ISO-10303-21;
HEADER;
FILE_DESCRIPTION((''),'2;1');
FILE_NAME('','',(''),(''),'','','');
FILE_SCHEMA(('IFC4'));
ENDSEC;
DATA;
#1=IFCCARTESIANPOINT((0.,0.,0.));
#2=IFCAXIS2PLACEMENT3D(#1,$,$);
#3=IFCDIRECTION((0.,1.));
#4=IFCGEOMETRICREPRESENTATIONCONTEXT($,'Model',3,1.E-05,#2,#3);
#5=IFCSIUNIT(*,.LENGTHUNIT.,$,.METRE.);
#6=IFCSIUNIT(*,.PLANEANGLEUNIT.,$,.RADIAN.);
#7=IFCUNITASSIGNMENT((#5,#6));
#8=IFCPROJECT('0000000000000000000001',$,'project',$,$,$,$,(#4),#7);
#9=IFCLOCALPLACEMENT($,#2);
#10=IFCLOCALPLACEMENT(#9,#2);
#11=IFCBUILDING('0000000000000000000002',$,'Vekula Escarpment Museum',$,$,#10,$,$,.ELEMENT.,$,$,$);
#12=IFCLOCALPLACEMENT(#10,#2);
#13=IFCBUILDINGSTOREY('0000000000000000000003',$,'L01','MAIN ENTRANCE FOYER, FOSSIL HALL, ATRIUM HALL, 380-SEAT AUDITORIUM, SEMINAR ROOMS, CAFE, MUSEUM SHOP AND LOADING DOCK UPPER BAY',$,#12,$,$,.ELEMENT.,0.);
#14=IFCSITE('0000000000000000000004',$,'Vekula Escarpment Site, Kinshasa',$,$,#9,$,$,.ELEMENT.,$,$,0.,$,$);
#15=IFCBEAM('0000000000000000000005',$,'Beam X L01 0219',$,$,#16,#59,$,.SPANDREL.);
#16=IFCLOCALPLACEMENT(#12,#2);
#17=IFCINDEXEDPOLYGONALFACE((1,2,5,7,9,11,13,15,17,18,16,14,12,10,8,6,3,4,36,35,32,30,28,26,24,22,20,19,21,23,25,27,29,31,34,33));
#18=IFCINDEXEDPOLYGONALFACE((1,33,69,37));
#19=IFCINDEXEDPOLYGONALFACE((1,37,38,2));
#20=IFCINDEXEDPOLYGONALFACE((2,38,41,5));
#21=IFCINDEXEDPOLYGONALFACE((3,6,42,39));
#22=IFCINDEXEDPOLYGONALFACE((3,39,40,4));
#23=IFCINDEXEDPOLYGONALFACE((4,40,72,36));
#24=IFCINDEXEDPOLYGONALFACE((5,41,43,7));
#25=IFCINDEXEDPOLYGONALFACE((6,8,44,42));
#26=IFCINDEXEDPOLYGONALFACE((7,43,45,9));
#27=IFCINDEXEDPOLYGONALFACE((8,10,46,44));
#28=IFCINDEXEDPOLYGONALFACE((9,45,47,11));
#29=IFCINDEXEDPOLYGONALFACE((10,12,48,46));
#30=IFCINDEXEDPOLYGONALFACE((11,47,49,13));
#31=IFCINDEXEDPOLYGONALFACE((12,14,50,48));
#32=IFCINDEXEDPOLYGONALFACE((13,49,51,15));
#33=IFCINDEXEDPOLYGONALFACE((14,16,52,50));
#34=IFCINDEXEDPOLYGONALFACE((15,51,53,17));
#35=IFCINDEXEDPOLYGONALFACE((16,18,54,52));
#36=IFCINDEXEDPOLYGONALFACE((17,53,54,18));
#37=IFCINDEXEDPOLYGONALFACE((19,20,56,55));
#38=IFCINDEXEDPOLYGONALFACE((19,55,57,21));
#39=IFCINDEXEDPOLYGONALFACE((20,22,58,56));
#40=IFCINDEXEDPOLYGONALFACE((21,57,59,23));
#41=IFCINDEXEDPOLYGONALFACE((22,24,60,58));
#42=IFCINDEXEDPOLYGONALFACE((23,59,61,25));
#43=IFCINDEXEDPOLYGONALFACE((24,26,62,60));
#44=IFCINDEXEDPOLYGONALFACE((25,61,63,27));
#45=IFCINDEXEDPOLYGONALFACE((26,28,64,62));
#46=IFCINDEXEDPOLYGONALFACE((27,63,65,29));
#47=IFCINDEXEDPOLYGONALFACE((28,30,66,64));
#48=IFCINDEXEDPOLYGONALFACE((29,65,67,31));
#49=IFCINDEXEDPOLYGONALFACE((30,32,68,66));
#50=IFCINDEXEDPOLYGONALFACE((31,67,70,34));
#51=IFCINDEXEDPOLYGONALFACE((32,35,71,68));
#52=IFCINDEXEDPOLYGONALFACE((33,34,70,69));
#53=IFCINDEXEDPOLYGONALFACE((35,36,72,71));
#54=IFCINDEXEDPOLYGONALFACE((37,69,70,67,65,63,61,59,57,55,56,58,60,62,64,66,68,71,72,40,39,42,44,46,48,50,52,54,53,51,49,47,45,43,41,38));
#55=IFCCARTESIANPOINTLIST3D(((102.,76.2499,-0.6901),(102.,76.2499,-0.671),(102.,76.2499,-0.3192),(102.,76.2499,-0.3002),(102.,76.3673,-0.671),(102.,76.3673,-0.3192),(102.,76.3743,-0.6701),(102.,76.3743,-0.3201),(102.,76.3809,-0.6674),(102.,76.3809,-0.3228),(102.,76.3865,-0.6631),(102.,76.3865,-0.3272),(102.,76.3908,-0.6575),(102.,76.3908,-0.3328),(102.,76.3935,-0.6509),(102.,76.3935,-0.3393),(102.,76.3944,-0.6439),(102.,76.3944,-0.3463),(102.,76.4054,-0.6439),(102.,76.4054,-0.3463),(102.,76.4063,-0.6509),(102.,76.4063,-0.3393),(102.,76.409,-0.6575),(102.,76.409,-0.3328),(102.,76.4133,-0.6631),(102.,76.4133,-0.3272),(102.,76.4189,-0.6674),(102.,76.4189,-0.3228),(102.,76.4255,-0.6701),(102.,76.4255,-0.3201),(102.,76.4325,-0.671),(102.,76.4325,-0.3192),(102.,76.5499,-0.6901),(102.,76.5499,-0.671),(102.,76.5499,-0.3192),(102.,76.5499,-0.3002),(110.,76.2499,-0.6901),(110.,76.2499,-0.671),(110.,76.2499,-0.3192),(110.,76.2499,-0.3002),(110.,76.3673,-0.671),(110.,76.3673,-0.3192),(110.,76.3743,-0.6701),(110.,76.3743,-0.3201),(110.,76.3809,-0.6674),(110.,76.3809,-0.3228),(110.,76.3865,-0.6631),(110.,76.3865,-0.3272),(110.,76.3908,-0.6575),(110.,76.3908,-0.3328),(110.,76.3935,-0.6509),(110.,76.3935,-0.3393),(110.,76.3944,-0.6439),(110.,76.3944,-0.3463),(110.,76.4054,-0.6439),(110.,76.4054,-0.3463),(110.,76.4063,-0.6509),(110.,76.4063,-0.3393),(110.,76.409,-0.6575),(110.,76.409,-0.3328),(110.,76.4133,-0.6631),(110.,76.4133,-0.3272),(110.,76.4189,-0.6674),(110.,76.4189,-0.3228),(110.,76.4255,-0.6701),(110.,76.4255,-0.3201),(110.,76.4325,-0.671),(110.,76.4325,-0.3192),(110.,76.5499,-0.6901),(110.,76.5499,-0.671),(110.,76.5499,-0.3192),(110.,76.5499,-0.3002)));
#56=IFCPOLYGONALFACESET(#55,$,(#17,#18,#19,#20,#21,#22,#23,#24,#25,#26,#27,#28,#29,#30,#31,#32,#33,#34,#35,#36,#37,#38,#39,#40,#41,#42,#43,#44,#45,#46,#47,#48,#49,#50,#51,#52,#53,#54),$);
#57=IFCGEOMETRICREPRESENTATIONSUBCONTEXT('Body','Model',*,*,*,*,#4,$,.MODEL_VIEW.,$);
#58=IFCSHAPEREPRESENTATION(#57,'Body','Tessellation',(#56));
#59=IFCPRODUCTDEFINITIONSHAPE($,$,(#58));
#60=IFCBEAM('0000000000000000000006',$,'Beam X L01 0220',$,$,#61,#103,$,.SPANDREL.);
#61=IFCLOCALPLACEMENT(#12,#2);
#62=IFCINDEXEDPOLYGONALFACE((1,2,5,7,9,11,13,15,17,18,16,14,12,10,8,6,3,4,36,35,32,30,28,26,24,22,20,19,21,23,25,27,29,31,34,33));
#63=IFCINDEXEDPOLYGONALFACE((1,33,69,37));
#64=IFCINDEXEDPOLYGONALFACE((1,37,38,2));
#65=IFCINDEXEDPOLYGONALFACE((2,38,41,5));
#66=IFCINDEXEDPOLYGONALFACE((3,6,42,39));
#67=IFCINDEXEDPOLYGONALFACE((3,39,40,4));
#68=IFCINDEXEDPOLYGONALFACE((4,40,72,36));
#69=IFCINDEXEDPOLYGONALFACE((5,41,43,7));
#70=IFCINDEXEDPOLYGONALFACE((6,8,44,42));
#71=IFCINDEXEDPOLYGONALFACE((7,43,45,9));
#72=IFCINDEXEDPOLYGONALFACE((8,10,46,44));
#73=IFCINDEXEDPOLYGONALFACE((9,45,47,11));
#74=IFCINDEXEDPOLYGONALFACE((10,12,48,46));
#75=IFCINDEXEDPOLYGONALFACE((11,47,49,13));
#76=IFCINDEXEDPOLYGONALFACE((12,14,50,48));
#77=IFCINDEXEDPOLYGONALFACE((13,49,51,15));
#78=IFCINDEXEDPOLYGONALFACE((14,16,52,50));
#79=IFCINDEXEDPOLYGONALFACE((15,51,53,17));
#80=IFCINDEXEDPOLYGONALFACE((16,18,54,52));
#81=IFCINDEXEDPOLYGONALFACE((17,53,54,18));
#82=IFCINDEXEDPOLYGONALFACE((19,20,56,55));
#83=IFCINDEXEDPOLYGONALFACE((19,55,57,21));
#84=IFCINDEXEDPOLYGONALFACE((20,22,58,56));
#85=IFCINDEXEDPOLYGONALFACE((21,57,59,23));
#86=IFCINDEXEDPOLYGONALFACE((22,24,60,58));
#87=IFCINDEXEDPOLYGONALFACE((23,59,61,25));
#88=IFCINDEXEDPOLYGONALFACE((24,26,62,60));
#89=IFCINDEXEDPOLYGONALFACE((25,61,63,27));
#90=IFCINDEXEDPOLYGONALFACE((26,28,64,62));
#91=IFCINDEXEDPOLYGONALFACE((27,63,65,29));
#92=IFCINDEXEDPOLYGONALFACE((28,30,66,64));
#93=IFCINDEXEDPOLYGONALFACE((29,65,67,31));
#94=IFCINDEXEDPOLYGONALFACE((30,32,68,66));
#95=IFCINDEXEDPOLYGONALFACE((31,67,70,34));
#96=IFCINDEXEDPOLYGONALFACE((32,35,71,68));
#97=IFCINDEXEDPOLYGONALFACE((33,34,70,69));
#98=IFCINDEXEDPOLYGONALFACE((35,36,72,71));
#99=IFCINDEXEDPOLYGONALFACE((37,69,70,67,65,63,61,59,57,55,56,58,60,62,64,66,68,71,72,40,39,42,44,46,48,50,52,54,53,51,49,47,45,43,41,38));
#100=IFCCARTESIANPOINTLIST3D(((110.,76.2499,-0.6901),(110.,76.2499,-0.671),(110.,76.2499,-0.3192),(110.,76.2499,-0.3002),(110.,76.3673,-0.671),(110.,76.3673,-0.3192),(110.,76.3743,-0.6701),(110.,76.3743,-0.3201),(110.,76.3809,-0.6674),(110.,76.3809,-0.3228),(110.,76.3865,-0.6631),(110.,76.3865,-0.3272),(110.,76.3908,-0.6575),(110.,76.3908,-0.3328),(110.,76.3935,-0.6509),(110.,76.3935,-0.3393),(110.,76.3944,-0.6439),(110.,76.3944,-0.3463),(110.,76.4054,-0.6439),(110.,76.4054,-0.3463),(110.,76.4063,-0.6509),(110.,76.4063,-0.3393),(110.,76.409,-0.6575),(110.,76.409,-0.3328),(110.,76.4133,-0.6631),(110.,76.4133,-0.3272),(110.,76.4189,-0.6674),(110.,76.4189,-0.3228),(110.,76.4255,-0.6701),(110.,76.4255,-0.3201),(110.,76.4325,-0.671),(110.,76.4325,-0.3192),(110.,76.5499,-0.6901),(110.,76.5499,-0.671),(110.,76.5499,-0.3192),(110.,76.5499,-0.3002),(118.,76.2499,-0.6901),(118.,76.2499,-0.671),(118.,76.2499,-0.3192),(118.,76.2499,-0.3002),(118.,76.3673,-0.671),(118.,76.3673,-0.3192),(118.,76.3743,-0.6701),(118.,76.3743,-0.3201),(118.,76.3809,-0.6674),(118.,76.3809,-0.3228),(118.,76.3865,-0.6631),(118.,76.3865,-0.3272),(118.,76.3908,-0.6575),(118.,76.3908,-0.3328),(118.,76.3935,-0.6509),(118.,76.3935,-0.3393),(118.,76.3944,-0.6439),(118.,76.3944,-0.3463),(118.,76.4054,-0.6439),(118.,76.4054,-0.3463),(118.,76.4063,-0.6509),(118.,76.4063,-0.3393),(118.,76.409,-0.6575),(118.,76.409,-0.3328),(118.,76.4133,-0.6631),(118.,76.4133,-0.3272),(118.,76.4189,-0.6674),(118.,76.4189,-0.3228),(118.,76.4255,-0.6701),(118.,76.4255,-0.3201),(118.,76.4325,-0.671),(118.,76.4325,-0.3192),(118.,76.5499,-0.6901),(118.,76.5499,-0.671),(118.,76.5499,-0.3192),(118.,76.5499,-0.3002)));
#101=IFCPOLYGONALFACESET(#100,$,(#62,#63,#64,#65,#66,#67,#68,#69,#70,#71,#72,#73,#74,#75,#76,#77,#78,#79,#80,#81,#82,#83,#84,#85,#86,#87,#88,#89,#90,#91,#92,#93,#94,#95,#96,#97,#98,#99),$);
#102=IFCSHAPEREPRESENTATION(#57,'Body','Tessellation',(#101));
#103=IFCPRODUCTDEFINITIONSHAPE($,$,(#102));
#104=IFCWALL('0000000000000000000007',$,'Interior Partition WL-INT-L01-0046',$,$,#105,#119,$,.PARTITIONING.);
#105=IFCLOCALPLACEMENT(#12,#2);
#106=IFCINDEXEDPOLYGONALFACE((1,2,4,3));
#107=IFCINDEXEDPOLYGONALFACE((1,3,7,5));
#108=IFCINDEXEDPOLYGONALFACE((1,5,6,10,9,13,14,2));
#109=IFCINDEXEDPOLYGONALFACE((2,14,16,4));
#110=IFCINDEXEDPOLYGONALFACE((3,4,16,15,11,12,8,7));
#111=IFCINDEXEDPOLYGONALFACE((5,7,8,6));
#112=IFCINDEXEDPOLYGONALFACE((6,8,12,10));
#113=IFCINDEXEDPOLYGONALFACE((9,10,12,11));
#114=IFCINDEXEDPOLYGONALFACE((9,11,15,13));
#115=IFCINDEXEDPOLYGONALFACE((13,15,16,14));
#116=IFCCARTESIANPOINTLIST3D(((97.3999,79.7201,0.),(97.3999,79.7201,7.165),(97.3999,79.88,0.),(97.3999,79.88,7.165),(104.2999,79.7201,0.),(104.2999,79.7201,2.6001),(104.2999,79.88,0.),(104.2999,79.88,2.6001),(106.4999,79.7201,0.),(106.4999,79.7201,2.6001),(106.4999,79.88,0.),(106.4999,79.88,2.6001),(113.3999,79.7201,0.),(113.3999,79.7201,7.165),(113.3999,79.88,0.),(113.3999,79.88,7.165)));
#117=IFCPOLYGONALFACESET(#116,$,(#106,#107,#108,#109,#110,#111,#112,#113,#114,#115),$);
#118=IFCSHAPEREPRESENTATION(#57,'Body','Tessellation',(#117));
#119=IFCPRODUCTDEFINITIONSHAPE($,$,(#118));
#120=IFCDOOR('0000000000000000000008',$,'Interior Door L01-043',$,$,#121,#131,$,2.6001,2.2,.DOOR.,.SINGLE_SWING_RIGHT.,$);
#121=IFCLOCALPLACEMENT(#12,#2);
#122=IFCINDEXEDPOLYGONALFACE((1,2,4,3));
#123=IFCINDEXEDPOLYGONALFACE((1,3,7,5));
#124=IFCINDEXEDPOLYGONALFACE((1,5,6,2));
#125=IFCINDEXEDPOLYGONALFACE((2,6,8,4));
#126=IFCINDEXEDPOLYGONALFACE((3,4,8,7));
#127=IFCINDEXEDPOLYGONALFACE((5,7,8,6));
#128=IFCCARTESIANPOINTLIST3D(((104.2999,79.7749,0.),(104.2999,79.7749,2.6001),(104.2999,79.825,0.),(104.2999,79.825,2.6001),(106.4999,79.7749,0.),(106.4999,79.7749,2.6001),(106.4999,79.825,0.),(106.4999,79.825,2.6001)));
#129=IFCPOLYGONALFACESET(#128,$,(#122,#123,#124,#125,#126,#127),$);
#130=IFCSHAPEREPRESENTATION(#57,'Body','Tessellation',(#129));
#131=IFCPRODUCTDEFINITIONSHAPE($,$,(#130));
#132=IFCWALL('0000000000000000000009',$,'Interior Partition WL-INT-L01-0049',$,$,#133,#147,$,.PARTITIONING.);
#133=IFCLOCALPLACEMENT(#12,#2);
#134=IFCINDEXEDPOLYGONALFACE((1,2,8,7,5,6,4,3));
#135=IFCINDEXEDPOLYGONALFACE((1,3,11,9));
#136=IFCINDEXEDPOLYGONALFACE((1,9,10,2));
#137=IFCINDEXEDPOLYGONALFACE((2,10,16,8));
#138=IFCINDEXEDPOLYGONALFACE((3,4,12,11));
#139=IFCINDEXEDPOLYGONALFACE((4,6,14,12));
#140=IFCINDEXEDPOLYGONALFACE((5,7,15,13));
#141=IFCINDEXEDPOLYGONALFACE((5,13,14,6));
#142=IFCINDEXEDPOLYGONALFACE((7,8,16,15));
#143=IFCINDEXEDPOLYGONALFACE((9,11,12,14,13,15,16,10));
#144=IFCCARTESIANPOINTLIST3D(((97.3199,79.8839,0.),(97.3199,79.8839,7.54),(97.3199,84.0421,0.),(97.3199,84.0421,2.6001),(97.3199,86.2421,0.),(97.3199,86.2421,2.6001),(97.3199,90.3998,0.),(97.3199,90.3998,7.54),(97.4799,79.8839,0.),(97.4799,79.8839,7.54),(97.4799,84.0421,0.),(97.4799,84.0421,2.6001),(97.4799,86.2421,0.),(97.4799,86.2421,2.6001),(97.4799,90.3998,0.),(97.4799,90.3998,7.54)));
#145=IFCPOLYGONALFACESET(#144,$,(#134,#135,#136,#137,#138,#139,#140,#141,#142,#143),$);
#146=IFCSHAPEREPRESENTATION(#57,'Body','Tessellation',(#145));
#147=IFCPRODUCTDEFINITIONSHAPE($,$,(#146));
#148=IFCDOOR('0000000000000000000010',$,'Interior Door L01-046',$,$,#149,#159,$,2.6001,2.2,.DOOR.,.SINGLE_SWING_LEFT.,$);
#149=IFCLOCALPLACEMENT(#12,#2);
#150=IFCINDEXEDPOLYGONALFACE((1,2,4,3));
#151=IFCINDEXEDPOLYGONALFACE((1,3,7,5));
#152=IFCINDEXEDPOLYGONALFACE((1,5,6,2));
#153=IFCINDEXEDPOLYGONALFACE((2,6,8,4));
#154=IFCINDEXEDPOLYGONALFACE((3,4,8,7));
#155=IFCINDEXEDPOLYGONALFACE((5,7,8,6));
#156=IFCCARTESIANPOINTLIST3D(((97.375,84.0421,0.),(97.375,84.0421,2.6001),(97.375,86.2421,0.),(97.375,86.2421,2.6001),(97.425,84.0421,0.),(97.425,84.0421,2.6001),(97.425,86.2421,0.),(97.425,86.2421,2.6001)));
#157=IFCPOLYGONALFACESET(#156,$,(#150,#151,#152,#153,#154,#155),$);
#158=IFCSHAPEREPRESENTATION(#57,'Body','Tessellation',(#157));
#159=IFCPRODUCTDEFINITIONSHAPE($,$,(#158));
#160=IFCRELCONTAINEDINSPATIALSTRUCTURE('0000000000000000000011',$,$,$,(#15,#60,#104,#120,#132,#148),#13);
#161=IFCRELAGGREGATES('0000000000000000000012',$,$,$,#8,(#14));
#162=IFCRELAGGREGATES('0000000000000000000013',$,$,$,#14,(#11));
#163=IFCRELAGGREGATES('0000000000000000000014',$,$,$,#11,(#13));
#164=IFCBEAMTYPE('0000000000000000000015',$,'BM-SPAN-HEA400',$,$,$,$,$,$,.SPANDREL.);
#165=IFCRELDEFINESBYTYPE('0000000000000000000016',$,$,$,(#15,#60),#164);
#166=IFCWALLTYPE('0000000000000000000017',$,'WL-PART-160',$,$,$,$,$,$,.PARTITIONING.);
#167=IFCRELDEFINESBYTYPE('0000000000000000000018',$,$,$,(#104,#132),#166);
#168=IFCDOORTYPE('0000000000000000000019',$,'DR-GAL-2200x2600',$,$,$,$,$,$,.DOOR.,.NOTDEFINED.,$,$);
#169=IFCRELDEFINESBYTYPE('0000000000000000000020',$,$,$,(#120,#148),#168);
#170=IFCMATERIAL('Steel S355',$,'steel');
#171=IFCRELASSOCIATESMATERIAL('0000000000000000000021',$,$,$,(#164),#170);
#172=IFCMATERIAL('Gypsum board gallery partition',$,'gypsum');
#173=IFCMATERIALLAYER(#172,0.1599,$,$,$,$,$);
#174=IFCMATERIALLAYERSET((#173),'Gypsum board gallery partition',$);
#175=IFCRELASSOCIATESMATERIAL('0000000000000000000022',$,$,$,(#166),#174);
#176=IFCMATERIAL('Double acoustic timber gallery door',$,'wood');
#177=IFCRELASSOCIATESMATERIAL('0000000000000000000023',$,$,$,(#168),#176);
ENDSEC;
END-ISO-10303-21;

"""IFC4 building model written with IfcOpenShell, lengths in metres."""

from ifc_helpers import new_model, si_unit, direction, frame, frame_2d, origin, origin_2d, place, context, subcontext, project, spatial, rectangle, i_section, extrude, material, layer, layer_set, material_profile, profile_set, type_object, element, fill, save


model = new_model("IFC4")

# Units and contexts
model_context = context("Model", 3, precision=1e-05, world=origin(), true_north=direction((0.0, 1.0)))
body_context = subcontext(model_context, "Body", "Model", "MODEL_VIEW")
ifc_project = project(units=[si_unit("LENGTHUNIT", "METRE"), si_unit("PLANEANGLEUNIT", "RADIAN")], contexts=[model_context])

# Site, building, storey
site_placement = place(None, origin())
site = spatial("IfcSite", under=ifc_project, at=site_placement, Name="Vekula Escarpment Site, Kinshasa", CompositionType="ELEMENT", RefElevation=0.0)
building_placement = place(site_placement, origin())
building = spatial("IfcBuilding", under=site, at=building_placement, Name="Vekula Escarpment Museum", CompositionType="ELEMENT")
storey_placement = place(building_placement, origin())
storey = spatial("IfcBuildingStorey", under=building, at=storey_placement, Name="L01", Description="MAIN ENTRANCE FOYER, FOSSIL HALL, ATRIUM HALL, 380-SEAT AUDITORIUM, SEMINAR ROOMS, CAFE, MUSEUM SHOP AND LOADING DOCK UPPER BAY", CompositionType="ELEMENT", Elevation=0.0)

# Beams
ifc_material_1 = material(Name="Steel S355", Category="steel")
ifc_material_profile_1 = material_profile(ifc_material_1, i_section(OverallWidth=0.3, OverallDepth=0.3899, WebThickness=0.011, FlangeThickness=0.019, FilletRadius=0.0271, at=origin_2d()), Name="HEA 400")
ifc_profile_set_1 = profile_set([ifc_material_profile_1], Name="Steel S355")
beam_type_1 = type_object("IfcBeamType", Name="BM-SPAN-HEA400", PredefinedType="SPANDREL", material=ifc_profile_set_1)
for number, where, z_axis, x_axis, name in (
    (1, (102.0, 76.3999, -0.4951), (1.0, 0.0, 0.0), (0.0, 1.0, 0.0), "Beam X L01 0219"),
    (2, (110.0, 76.3999, -0.4951), (1.0, 0.0, 0.0), (0.0, 1.0, 0.0), "Beam X L01 0220"),
):
    element("IfcBeam", number, at=place(storey_placement, frame(where, z_axis=z_axis, x_axis=x_axis)), inside=storey, type_object=beam_type_1, Name=name, PredefinedType="SPANDREL", context=body_context, shape_type="SweptSolid", body=[
        extrude(i_section(OverallWidth=0.3, OverallDepth=0.3899, WebThickness=0.011, FlangeThickness=0.019, FilletRadius=0.0271, at=origin_2d()), origin(), (0.0, 0.0, 1.0), 8.0),
    ])

# Walls, openings, doors
ifc_material_2 = material(Name="Gypsum board gallery partition", Category="gypsum")
ifc_layer = layer(ifc_material_2, 0.1599)
ifc_layer_set = layer_set([ifc_layer], Name="Gypsum board gallery partition")
wall_type = type_object("IfcWallType", Name="WL-PART-160", PredefinedType="PARTITIONING", material=ifc_layer_set)
wall_1_placement = place(storey_placement, frame((97.3999, 79.8, 0.0), z_axis=(0.0, 0.0, 1.0), x_axis=(1.0, 0.0, 0.0)))
wall_1 = element("IfcWall", 3, at=wall_1_placement, inside=storey, type_object=wall_type, Name="Interior Partition WL-INT-L01-0046", PredefinedType="PARTITIONING", context=body_context, shape_type="SweptSolid", body=[
    extrude(rectangle(XDim=16.0, YDim=0.1599, at=frame_2d((8.0, 0.0))), origin(), (0.0, 0.0, 1.0), 7.165),
])
opening_1_placement = place(wall_1_placement, frame((6.8999, 0.0, 0.0)))
opening_1 = element("IfcOpeningElement", 4, at=opening_1_placement, cuts=wall_1, PredefinedType="OPENING", context=body_context, shape_type="SweptSolid", body=[
    extrude(rectangle(XDim=2.2, YDim=2.6001, at=frame_2d((1.1001, 1.3))), frame((0.0, 0.0898, 0.0), z_axis=(0.0, -1.0, 0.0), x_axis=(1.0, 0.0, 0.0)), (0.0, 0.0, 1.0), 0.1799),
])
ifc_material_3 = material(Name="Double acoustic timber gallery door", Category="wood")
door_type = type_object("IfcDoorType", Name="DR-GAL-2200x2600", OperationType="NOTDEFINED", PredefinedType="DOOR", material=ifc_material_3)
door_1_placement = place(opening_1_placement, origin())
door_1 = element("IfcDoor", 5, at=door_1_placement, inside=storey, type_object=door_type, Name="Interior Door L01-043", OperationType="SINGLE_SWING_RIGHT", OverallHeight=2.6001, OverallWidth=2.2, PredefinedType="DOOR", context=body_context, shape_type="SweptSolid", body=[
    extrude(rectangle(XDim=2.2, YDim=2.6001, at=frame_2d((1.1001, 1.3))), frame((0.0, 0.0249, 0.0), z_axis=(0.0, -1.0, 0.0), x_axis=(1.0, 0.0, 0.0)), (0.0, 0.0, 1.0), 0.05),
])
fill(opening_1, door_1)
wall_2_placement = place(storey_placement, frame((97.3999, 79.884, 0.0), z_axis=(0.0, 0.0, 1.0), x_axis=(0.0, 1.0, 0.0)))
wall_2 = element("IfcWall", 6, at=wall_2_placement, inside=storey, type_object=wall_type, Name="Interior Partition WL-INT-L01-0049", PredefinedType="PARTITIONING", context=body_context, shape_type="SweptSolid", body=[
    extrude(rectangle(XDim=10.5159, YDim=0.1599, at=frame_2d((5.2578, 0.0))), origin(), (0.0, 0.0, 1.0), 7.54),
])
opening_2_placement = place(wall_2_placement, frame((4.158, 0.0, 0.0)))
opening_2 = element("IfcOpeningElement", 7, at=opening_2_placement, cuts=wall_2, PredefinedType="OPENING", context=body_context, shape_type="SweptSolid", body=[
    extrude(rectangle(XDim=2.2, YDim=2.6001, at=frame_2d((1.1001, 1.3))), frame((0.0, 0.0898, 0.0), z_axis=(0.0, -1.0, 0.0), x_axis=(1.0, 0.0, 0.0)), (0.0, 0.0, 1.0), 0.1799),
])
door_2_placement = place(opening_2_placement, origin())
door_2 = element("IfcDoor", 8, at=door_2_placement, inside=storey, type_object=door_type, Name="Interior Door L01-046", OperationType="SINGLE_SWING_LEFT", OverallHeight=2.6001, OverallWidth=2.2, PredefinedType="DOOR", context=body_context, shape_type="SweptSolid", body=[
    extrude(rectangle(XDim=2.2, YDim=2.6001, at=frame_2d((1.1001, 1.3))), frame((0.0, 0.0249, 0.0), z_axis=(0.0, -1.0, 0.0), x_axis=(1.0, 0.0, 0.0)), (0.0, 0.0, 1.0), 0.05),
])
fill(opening_2, door_2)

save(model, "model.ifc")
